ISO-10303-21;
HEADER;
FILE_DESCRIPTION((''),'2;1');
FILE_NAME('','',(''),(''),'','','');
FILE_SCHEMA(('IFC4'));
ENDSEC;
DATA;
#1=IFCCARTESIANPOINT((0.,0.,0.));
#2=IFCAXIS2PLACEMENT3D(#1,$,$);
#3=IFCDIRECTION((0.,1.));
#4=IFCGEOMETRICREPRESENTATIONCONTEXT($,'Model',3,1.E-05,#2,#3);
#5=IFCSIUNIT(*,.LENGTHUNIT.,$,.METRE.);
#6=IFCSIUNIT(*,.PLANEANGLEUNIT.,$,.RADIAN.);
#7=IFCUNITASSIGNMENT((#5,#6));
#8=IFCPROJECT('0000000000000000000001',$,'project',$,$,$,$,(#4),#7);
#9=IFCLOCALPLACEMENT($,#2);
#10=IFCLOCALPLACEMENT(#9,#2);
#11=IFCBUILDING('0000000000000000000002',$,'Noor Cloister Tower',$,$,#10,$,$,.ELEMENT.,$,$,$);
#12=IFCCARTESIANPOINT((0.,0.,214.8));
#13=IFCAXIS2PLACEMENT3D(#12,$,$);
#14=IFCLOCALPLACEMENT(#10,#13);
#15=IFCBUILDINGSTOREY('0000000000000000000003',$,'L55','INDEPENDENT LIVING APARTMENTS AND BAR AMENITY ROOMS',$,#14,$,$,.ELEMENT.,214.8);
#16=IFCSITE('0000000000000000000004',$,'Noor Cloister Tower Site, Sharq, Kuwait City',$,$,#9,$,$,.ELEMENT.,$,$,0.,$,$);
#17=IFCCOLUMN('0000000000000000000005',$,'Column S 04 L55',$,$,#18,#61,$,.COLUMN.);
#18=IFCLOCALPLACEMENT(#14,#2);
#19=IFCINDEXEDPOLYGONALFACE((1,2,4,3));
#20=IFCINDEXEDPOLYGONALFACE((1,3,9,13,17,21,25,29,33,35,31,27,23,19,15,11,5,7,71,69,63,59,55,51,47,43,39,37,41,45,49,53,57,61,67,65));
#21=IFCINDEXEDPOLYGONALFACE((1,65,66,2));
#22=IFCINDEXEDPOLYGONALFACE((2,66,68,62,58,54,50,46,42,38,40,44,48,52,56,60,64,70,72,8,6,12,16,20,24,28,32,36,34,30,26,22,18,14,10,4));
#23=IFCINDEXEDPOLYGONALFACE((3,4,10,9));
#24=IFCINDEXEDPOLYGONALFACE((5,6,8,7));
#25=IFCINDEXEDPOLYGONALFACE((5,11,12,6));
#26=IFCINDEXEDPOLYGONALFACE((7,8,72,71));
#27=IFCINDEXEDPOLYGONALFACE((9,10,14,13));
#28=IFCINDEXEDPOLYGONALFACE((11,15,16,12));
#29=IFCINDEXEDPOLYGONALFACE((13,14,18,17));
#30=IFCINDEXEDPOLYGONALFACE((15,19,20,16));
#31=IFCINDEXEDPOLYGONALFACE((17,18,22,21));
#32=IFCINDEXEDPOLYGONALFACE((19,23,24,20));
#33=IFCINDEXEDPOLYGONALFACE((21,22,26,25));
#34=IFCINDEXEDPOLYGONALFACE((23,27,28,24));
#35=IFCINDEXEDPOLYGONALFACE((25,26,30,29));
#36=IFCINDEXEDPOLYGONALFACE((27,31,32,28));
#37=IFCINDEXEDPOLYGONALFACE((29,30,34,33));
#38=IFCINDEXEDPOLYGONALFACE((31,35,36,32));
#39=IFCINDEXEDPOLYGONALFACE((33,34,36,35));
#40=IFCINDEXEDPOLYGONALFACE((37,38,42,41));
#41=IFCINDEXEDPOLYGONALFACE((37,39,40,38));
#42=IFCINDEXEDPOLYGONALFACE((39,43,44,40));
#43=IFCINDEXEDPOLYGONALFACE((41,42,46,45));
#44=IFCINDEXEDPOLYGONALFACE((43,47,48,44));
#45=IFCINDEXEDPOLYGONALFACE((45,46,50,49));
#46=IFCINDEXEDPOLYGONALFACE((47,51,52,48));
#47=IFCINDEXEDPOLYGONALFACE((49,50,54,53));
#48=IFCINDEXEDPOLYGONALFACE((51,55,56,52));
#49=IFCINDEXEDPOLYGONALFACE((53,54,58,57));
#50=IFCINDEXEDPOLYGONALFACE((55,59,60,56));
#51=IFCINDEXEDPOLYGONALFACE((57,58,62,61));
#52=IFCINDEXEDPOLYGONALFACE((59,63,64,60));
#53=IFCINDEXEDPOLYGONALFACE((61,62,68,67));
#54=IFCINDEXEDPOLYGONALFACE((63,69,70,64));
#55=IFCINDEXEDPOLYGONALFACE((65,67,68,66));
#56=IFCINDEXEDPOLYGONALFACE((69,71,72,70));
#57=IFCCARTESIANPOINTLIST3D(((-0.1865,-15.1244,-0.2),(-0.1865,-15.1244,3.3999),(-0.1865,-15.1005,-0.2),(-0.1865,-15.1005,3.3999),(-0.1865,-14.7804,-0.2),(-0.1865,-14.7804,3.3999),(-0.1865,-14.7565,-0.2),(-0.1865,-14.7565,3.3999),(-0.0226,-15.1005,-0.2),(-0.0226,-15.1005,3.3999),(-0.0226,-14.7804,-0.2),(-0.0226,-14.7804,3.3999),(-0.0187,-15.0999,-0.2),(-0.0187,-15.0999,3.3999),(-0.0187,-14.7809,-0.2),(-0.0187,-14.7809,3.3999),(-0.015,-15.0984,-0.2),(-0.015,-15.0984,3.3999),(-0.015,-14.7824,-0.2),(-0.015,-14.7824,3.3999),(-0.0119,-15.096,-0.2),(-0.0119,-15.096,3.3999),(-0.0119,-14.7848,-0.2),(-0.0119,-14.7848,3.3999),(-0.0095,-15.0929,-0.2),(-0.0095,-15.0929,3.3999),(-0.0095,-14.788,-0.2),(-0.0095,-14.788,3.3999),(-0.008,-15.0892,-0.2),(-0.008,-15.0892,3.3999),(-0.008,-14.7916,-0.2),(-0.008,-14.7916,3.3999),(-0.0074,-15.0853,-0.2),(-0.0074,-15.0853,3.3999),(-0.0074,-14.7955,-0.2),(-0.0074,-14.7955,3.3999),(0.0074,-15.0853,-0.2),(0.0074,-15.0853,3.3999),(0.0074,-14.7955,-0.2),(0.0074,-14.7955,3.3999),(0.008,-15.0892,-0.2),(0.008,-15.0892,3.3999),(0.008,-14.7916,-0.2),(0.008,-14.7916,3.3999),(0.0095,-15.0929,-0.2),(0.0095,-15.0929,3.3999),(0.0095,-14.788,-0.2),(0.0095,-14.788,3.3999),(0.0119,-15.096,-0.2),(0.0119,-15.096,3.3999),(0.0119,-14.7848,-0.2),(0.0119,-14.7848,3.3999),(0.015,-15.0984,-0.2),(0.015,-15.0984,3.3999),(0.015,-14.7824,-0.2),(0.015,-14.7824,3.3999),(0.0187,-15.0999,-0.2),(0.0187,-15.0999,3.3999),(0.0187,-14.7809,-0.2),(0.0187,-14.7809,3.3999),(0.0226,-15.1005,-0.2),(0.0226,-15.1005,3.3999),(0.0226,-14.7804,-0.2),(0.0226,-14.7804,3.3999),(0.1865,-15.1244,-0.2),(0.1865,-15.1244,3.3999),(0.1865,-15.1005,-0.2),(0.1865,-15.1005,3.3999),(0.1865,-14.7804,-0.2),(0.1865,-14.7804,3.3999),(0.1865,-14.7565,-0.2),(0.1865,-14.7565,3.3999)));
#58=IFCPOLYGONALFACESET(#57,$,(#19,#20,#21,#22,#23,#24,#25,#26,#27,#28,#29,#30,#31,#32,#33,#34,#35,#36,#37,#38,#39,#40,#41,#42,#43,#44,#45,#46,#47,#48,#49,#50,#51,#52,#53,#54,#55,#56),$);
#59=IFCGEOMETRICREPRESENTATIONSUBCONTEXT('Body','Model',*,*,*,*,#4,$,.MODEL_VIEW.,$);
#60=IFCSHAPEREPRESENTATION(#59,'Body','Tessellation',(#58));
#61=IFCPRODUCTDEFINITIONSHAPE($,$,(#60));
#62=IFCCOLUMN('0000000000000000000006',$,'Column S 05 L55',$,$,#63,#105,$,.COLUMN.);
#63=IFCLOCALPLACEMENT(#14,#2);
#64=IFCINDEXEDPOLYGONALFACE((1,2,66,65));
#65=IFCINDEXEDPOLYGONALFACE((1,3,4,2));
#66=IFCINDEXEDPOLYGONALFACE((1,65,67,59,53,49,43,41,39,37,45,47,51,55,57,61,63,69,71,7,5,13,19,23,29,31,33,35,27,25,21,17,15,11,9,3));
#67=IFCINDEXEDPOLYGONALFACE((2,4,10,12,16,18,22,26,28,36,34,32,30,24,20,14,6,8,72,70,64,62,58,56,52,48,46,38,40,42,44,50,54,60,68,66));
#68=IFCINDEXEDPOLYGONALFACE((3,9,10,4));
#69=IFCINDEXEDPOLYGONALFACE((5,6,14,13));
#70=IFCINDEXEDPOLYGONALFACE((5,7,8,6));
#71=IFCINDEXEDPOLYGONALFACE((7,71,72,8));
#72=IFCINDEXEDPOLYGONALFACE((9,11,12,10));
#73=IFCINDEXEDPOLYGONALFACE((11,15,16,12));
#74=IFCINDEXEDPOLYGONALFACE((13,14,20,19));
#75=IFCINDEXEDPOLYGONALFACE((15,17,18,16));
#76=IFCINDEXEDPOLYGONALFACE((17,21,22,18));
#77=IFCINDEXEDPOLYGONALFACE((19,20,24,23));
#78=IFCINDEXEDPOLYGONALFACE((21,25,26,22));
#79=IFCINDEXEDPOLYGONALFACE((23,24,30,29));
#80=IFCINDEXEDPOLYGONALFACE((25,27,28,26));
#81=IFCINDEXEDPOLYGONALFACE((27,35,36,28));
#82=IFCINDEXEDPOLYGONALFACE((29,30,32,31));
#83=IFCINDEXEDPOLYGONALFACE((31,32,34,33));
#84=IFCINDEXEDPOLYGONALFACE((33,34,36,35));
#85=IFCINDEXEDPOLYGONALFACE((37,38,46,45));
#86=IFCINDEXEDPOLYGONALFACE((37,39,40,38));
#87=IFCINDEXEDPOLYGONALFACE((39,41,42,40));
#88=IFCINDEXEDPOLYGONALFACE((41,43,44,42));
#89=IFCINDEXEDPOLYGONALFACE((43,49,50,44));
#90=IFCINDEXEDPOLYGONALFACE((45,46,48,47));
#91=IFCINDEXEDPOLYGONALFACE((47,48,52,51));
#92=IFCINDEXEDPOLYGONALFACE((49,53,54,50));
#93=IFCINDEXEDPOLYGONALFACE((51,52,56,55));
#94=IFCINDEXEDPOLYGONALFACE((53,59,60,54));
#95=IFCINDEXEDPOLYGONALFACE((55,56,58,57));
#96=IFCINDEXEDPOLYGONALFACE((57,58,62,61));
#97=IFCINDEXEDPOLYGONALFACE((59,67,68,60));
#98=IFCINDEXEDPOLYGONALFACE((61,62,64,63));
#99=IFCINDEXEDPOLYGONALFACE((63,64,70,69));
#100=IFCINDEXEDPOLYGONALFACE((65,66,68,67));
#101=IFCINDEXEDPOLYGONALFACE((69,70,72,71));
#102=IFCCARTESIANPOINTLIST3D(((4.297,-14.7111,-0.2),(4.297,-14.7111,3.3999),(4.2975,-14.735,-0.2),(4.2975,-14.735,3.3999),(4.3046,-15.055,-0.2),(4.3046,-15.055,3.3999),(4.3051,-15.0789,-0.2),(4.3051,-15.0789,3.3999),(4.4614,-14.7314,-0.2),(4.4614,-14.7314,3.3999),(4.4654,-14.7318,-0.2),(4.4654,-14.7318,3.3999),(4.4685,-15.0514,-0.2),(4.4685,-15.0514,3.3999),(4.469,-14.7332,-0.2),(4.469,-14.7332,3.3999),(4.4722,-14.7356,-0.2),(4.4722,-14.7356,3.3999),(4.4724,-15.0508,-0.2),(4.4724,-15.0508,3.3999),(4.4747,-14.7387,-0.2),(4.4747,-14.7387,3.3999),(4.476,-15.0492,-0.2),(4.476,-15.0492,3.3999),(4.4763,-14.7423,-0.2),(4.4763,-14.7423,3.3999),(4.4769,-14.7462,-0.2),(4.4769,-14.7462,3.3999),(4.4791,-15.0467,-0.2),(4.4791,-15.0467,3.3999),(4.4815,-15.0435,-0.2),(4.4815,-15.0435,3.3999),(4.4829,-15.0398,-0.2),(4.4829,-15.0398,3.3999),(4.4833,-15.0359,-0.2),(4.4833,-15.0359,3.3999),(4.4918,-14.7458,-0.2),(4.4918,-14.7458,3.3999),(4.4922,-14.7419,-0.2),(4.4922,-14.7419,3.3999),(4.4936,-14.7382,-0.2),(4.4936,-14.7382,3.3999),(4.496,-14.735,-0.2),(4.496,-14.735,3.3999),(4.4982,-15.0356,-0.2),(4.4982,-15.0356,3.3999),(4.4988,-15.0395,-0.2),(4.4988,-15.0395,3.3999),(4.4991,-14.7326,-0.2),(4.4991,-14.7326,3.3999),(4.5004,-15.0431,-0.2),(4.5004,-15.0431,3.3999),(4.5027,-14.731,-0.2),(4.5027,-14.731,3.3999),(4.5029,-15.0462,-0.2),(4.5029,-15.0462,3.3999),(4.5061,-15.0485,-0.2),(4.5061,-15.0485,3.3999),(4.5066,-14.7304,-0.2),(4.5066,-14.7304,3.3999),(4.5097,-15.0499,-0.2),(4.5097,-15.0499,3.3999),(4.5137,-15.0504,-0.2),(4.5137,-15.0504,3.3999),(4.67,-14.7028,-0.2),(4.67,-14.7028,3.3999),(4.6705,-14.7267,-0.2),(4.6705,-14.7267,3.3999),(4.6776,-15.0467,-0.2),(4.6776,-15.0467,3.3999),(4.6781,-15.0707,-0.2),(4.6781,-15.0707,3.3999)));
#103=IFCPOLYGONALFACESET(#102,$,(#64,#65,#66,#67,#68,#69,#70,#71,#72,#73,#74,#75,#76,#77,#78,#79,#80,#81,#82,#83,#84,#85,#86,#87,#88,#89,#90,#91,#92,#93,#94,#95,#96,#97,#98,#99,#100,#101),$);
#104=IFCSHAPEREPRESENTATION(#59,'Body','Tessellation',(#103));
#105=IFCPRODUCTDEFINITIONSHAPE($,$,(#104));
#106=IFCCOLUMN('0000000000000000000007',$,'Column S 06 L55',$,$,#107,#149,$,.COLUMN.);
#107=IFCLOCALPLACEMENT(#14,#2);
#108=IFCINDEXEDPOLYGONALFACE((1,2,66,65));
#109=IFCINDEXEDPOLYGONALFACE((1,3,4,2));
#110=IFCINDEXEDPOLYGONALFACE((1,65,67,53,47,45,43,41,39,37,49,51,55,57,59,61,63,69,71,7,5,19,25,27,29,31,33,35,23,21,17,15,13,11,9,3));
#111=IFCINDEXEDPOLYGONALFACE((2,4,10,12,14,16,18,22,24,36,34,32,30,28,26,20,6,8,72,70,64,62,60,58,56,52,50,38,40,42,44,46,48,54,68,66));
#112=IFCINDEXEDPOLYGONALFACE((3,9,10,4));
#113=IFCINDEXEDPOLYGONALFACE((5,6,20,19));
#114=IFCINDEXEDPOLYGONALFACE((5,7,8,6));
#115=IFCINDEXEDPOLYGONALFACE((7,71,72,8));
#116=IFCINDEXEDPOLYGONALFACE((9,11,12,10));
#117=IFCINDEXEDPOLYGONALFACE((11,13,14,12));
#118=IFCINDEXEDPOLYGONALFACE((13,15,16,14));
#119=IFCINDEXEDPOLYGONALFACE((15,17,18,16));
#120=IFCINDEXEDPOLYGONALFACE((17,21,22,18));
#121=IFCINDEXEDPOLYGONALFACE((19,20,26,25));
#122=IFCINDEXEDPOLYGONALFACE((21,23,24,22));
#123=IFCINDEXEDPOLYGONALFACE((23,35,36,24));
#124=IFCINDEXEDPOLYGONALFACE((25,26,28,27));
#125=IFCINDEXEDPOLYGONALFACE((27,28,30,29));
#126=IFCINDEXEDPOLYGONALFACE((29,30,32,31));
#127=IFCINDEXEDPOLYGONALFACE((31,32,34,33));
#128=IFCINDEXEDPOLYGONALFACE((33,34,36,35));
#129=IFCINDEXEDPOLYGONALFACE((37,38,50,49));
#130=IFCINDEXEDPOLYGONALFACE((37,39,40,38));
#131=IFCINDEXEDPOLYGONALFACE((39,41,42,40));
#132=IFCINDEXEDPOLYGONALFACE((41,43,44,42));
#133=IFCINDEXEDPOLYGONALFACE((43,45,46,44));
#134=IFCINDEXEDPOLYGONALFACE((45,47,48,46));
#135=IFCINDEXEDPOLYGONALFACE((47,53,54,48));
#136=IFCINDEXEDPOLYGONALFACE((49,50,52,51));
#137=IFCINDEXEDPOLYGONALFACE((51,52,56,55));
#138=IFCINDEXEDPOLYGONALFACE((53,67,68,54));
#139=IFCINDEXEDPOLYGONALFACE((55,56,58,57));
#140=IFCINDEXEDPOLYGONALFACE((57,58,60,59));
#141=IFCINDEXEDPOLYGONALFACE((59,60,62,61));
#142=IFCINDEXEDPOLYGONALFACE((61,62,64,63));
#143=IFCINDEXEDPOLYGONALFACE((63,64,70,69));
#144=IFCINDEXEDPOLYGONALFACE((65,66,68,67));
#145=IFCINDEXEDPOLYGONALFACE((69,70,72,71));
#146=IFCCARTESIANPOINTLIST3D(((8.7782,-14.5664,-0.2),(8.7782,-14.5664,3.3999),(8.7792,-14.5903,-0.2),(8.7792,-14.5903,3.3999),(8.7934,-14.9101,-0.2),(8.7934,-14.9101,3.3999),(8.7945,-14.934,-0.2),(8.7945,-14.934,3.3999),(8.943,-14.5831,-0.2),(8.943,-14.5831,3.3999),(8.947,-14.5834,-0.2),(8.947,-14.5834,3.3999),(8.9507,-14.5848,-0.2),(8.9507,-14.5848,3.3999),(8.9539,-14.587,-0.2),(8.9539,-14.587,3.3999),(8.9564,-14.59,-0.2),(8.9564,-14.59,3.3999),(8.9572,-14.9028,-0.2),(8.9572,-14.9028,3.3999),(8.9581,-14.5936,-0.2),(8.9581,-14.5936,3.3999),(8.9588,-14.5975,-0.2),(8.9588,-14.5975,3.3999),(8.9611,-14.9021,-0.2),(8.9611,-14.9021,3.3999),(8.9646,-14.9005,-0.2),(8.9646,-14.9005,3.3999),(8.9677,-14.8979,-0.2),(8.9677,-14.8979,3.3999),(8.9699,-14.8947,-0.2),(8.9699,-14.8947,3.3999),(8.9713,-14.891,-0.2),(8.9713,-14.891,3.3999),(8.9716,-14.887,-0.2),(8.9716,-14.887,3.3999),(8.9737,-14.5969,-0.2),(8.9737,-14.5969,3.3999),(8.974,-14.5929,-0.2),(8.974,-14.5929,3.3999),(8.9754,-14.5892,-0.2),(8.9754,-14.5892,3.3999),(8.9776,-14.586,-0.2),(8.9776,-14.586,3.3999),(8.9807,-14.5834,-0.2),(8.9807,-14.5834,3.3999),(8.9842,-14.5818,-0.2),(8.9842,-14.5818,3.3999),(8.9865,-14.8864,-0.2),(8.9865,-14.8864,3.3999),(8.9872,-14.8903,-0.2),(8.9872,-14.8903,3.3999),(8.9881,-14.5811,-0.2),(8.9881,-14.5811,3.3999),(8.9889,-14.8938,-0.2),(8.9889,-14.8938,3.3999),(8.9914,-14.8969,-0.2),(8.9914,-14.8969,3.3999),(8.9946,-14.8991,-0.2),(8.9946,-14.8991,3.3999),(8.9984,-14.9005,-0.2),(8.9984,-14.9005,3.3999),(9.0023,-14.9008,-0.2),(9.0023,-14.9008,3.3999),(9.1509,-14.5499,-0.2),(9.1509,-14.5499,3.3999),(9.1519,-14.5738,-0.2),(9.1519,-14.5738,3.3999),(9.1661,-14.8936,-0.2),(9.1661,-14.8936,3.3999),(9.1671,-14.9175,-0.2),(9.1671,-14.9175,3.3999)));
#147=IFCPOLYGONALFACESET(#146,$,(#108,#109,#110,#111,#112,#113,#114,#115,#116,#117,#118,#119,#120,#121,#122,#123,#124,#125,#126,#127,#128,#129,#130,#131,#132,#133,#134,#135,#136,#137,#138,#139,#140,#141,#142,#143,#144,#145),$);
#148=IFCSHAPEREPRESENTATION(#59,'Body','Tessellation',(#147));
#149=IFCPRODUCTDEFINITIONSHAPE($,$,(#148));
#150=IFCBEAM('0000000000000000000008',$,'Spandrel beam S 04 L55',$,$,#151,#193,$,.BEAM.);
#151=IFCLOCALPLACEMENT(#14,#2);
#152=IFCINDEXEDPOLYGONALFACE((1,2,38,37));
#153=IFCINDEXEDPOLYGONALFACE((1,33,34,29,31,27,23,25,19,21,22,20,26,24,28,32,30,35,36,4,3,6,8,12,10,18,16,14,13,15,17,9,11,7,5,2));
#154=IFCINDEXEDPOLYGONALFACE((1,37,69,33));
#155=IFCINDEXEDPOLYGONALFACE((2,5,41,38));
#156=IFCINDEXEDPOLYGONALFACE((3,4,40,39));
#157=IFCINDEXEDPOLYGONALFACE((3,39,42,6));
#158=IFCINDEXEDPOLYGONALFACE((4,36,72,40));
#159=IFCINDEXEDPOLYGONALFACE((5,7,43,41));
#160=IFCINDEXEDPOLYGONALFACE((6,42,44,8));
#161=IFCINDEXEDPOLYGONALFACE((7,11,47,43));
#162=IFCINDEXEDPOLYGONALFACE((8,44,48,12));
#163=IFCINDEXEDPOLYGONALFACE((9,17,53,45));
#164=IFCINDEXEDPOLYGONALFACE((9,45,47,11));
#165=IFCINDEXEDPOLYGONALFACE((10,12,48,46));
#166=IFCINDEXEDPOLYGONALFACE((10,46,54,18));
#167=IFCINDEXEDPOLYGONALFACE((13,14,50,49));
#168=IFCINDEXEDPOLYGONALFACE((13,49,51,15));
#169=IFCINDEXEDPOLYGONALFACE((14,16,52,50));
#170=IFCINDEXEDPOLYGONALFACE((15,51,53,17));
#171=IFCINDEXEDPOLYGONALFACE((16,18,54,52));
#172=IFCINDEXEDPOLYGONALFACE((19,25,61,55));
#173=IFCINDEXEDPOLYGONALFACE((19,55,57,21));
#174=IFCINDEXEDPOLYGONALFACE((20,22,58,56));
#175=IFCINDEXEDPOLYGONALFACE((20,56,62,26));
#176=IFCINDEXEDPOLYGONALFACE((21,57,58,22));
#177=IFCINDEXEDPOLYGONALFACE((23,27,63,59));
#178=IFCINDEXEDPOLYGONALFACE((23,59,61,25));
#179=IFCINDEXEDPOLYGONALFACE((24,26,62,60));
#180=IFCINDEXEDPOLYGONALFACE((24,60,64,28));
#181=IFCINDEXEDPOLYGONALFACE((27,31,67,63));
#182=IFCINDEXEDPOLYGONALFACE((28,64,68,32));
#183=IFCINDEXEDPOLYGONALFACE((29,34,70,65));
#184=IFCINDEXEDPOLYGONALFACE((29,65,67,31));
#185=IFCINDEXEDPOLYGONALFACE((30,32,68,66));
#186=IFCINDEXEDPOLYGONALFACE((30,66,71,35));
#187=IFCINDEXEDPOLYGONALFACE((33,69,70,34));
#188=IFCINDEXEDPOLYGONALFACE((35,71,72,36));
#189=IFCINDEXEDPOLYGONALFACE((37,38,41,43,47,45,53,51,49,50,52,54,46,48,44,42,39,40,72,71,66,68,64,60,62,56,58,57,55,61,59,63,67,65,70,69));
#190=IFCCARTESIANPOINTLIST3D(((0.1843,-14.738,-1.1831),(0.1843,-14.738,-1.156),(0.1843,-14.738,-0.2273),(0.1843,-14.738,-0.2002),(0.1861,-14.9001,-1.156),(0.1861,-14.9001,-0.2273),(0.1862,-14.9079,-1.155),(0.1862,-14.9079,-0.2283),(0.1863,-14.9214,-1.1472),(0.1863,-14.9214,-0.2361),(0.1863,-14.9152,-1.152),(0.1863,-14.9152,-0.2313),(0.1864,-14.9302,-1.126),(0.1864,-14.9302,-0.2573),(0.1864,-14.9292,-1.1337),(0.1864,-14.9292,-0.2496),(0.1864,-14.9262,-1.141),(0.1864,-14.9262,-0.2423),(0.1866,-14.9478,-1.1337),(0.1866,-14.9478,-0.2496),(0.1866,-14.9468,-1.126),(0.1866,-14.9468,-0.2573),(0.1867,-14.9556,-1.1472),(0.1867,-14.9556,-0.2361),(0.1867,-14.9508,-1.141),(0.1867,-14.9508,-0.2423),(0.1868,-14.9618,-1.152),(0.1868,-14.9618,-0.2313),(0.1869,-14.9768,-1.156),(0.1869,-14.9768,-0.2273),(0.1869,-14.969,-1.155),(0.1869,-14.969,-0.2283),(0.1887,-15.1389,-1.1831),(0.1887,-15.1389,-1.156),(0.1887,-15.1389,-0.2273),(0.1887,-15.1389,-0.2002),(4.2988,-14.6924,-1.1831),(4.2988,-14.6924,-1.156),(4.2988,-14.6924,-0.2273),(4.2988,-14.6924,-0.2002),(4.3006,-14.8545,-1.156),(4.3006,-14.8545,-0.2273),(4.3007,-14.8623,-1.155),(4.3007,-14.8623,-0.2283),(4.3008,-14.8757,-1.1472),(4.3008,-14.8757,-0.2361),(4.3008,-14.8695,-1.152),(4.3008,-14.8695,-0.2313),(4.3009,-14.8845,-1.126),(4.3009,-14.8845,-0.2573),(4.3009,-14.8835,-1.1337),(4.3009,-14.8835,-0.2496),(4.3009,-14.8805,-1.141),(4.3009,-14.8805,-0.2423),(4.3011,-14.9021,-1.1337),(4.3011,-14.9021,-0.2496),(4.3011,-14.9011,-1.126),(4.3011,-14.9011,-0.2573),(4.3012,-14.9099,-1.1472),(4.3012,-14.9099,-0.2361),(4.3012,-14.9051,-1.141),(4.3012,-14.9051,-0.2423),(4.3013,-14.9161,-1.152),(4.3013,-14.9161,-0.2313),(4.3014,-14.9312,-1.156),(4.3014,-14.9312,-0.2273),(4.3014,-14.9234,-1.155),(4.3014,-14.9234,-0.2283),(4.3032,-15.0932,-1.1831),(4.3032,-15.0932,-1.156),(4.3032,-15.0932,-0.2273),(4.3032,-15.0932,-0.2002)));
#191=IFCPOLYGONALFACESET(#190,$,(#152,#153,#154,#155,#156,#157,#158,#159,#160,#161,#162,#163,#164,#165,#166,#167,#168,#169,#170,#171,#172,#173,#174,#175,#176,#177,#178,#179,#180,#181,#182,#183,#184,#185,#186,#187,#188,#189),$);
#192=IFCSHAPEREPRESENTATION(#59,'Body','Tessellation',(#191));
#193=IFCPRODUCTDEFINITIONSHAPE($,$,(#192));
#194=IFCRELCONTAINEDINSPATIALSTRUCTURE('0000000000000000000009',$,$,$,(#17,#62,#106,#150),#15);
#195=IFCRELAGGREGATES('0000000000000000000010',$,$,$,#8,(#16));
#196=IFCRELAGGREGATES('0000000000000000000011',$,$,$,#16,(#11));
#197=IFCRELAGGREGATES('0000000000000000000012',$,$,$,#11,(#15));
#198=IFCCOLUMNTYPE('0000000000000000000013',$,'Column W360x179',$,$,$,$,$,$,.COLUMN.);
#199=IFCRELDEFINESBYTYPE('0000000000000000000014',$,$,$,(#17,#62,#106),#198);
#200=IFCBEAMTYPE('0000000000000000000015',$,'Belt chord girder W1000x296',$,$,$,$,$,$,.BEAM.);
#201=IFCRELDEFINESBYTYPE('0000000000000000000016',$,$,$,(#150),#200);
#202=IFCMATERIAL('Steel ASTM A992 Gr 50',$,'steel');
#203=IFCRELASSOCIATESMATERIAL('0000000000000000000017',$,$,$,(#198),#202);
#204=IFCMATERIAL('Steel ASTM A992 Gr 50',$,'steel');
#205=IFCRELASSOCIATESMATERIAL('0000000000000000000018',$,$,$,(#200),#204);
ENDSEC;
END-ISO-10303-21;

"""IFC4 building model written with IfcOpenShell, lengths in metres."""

from ifc_helpers import new_model, si_unit, direction, frame, origin, origin_2d, place, context, subcontext, project, spatial, i_section, extrude, material, material_profile, profile_set, type_object, element, save


model = new_model("IFC4")

# Units and contexts
model_context = context("Model", 3, precision=1e-05, world=origin(), true_north=direction((0.0, 1.0)))
body_context = subcontext(model_context, "Body", "Model", "MODEL_VIEW")
ifc_project = project(units=[si_unit("LENGTHUNIT", "METRE"), si_unit("PLANEANGLEUNIT", "RADIAN")], contexts=[model_context])

# Site, building, storey
site_placement = place(None, origin())
site = spatial("IfcSite", under=ifc_project, at=site_placement, Name="Noor Cloister Tower Site, Sharq, Kuwait City", CompositionType="ELEMENT", RefElevation=0.0)
building_placement = place(site_placement, origin())
building = spatial("IfcBuilding", under=site, at=building_placement, Name="Noor Cloister Tower", CompositionType="ELEMENT")
storey_placement = place(building_placement, frame((0.0, 0.0, 214.8)))
storey = spatial("IfcBuildingStorey", under=building, at=storey_placement, Name="L55", Description="INDEPENDENT LIVING APARTMENTS AND BAR AMENITY ROOMS", CompositionType="ELEMENT", Elevation=214.8)

# Columns
ifc_material_1 = material(Name="Steel ASTM A992 Gr 50", Category="steel")
ifc_material_profile_1 = material_profile(ifc_material_1, i_section(OverallWidth=0.373, OverallDepth=0.3679, WebThickness=0.0149, FlangeThickness=0.0239, FilletRadius=0.0151, at=origin_2d()), Name="W360x179")
ifc_profile_set_1 = profile_set([ifc_material_profile_1], Name="Steel ASTM A992 Gr 50")
column_type = type_object("IfcColumnType", Name="Column W360x179", PredefinedType="COLUMN", material=ifc_profile_set_1)
for number, where, z_axis, x_axis, name in (
    (1, (0.0, -14.9404, -0.2), (0.0, 0.0, 1.0), (1.0, 0.0, 0.0), "Column S 04 L55"),
    (2, (4.4875, -14.8909, -0.2), (0.0, 0.0, 1.0), (0.999755, 0.022132, 0.0), "Column S 05 L55"),
    (3, (8.9727, -14.7419, -0.2), (0.0, 0.0, 1.0), (0.99902, 0.044252, 0.0), "Column S 06 L55"),
):
    element("IfcColumn", number, at=place(storey_placement, frame(where, z_axis=z_axis, x_axis=x_axis)), inside=storey, type_object=column_type, Name=name, PredefinedType="COLUMN", context=body_context, shape_type="SweptSolid", body=[
        extrude(i_section(OverallWidth=0.373, OverallDepth=0.3679, WebThickness=0.0149, FlangeThickness=0.0239, FilletRadius=0.0151, at=origin_2d()), origin(), (0.0, 0.0, 1.0), 3.5999),
    ])

# Beam
ifc_material_2 = material(Name="Steel ASTM A992 Gr 50", Category="steel")
ifc_material_profile_2 = material_profile(ifc_material_2, i_section(OverallWidth=0.4009, OverallDepth=0.9829, WebThickness=0.0166, FlangeThickness=0.0271, FilletRadius=0.03, at=origin_2d()), Name="W1000x296")
ifc_profile_set_2 = profile_set([ifc_material_profile_2], Name="Steel ASTM A992 Gr 50")
beam_type_1 = type_object("IfcBeamType", Name="Belt chord girder W1000x296", PredefinedType="BEAM", material=ifc_profile_set_2)
for number, where, z_axis, x_axis, name in (
    (4, (0.1865, -14.9385, -0.6917), (0.999938, 0.011095, 0.0), (-0.011095, 0.999938, 0.0), "Spandrel beam S 04 L55"),
):
    element("IfcBeam", number, at=place(storey_placement, frame(where, z_axis=z_axis, x_axis=x_axis)), inside=storey, type_object=beam_type_1, Name=name, PredefinedType="BEAM", context=body_context, shape_type="SweptSolid", body=[
        extrude(i_section(OverallWidth=0.4009, OverallDepth=0.9829, WebThickness=0.0166, FlangeThickness=0.0271, FilletRadius=0.03, at=origin_2d()), origin(), (0.0, 0.0, 1.0), 4.1147),
    ])

save(model, "model.ifc")
